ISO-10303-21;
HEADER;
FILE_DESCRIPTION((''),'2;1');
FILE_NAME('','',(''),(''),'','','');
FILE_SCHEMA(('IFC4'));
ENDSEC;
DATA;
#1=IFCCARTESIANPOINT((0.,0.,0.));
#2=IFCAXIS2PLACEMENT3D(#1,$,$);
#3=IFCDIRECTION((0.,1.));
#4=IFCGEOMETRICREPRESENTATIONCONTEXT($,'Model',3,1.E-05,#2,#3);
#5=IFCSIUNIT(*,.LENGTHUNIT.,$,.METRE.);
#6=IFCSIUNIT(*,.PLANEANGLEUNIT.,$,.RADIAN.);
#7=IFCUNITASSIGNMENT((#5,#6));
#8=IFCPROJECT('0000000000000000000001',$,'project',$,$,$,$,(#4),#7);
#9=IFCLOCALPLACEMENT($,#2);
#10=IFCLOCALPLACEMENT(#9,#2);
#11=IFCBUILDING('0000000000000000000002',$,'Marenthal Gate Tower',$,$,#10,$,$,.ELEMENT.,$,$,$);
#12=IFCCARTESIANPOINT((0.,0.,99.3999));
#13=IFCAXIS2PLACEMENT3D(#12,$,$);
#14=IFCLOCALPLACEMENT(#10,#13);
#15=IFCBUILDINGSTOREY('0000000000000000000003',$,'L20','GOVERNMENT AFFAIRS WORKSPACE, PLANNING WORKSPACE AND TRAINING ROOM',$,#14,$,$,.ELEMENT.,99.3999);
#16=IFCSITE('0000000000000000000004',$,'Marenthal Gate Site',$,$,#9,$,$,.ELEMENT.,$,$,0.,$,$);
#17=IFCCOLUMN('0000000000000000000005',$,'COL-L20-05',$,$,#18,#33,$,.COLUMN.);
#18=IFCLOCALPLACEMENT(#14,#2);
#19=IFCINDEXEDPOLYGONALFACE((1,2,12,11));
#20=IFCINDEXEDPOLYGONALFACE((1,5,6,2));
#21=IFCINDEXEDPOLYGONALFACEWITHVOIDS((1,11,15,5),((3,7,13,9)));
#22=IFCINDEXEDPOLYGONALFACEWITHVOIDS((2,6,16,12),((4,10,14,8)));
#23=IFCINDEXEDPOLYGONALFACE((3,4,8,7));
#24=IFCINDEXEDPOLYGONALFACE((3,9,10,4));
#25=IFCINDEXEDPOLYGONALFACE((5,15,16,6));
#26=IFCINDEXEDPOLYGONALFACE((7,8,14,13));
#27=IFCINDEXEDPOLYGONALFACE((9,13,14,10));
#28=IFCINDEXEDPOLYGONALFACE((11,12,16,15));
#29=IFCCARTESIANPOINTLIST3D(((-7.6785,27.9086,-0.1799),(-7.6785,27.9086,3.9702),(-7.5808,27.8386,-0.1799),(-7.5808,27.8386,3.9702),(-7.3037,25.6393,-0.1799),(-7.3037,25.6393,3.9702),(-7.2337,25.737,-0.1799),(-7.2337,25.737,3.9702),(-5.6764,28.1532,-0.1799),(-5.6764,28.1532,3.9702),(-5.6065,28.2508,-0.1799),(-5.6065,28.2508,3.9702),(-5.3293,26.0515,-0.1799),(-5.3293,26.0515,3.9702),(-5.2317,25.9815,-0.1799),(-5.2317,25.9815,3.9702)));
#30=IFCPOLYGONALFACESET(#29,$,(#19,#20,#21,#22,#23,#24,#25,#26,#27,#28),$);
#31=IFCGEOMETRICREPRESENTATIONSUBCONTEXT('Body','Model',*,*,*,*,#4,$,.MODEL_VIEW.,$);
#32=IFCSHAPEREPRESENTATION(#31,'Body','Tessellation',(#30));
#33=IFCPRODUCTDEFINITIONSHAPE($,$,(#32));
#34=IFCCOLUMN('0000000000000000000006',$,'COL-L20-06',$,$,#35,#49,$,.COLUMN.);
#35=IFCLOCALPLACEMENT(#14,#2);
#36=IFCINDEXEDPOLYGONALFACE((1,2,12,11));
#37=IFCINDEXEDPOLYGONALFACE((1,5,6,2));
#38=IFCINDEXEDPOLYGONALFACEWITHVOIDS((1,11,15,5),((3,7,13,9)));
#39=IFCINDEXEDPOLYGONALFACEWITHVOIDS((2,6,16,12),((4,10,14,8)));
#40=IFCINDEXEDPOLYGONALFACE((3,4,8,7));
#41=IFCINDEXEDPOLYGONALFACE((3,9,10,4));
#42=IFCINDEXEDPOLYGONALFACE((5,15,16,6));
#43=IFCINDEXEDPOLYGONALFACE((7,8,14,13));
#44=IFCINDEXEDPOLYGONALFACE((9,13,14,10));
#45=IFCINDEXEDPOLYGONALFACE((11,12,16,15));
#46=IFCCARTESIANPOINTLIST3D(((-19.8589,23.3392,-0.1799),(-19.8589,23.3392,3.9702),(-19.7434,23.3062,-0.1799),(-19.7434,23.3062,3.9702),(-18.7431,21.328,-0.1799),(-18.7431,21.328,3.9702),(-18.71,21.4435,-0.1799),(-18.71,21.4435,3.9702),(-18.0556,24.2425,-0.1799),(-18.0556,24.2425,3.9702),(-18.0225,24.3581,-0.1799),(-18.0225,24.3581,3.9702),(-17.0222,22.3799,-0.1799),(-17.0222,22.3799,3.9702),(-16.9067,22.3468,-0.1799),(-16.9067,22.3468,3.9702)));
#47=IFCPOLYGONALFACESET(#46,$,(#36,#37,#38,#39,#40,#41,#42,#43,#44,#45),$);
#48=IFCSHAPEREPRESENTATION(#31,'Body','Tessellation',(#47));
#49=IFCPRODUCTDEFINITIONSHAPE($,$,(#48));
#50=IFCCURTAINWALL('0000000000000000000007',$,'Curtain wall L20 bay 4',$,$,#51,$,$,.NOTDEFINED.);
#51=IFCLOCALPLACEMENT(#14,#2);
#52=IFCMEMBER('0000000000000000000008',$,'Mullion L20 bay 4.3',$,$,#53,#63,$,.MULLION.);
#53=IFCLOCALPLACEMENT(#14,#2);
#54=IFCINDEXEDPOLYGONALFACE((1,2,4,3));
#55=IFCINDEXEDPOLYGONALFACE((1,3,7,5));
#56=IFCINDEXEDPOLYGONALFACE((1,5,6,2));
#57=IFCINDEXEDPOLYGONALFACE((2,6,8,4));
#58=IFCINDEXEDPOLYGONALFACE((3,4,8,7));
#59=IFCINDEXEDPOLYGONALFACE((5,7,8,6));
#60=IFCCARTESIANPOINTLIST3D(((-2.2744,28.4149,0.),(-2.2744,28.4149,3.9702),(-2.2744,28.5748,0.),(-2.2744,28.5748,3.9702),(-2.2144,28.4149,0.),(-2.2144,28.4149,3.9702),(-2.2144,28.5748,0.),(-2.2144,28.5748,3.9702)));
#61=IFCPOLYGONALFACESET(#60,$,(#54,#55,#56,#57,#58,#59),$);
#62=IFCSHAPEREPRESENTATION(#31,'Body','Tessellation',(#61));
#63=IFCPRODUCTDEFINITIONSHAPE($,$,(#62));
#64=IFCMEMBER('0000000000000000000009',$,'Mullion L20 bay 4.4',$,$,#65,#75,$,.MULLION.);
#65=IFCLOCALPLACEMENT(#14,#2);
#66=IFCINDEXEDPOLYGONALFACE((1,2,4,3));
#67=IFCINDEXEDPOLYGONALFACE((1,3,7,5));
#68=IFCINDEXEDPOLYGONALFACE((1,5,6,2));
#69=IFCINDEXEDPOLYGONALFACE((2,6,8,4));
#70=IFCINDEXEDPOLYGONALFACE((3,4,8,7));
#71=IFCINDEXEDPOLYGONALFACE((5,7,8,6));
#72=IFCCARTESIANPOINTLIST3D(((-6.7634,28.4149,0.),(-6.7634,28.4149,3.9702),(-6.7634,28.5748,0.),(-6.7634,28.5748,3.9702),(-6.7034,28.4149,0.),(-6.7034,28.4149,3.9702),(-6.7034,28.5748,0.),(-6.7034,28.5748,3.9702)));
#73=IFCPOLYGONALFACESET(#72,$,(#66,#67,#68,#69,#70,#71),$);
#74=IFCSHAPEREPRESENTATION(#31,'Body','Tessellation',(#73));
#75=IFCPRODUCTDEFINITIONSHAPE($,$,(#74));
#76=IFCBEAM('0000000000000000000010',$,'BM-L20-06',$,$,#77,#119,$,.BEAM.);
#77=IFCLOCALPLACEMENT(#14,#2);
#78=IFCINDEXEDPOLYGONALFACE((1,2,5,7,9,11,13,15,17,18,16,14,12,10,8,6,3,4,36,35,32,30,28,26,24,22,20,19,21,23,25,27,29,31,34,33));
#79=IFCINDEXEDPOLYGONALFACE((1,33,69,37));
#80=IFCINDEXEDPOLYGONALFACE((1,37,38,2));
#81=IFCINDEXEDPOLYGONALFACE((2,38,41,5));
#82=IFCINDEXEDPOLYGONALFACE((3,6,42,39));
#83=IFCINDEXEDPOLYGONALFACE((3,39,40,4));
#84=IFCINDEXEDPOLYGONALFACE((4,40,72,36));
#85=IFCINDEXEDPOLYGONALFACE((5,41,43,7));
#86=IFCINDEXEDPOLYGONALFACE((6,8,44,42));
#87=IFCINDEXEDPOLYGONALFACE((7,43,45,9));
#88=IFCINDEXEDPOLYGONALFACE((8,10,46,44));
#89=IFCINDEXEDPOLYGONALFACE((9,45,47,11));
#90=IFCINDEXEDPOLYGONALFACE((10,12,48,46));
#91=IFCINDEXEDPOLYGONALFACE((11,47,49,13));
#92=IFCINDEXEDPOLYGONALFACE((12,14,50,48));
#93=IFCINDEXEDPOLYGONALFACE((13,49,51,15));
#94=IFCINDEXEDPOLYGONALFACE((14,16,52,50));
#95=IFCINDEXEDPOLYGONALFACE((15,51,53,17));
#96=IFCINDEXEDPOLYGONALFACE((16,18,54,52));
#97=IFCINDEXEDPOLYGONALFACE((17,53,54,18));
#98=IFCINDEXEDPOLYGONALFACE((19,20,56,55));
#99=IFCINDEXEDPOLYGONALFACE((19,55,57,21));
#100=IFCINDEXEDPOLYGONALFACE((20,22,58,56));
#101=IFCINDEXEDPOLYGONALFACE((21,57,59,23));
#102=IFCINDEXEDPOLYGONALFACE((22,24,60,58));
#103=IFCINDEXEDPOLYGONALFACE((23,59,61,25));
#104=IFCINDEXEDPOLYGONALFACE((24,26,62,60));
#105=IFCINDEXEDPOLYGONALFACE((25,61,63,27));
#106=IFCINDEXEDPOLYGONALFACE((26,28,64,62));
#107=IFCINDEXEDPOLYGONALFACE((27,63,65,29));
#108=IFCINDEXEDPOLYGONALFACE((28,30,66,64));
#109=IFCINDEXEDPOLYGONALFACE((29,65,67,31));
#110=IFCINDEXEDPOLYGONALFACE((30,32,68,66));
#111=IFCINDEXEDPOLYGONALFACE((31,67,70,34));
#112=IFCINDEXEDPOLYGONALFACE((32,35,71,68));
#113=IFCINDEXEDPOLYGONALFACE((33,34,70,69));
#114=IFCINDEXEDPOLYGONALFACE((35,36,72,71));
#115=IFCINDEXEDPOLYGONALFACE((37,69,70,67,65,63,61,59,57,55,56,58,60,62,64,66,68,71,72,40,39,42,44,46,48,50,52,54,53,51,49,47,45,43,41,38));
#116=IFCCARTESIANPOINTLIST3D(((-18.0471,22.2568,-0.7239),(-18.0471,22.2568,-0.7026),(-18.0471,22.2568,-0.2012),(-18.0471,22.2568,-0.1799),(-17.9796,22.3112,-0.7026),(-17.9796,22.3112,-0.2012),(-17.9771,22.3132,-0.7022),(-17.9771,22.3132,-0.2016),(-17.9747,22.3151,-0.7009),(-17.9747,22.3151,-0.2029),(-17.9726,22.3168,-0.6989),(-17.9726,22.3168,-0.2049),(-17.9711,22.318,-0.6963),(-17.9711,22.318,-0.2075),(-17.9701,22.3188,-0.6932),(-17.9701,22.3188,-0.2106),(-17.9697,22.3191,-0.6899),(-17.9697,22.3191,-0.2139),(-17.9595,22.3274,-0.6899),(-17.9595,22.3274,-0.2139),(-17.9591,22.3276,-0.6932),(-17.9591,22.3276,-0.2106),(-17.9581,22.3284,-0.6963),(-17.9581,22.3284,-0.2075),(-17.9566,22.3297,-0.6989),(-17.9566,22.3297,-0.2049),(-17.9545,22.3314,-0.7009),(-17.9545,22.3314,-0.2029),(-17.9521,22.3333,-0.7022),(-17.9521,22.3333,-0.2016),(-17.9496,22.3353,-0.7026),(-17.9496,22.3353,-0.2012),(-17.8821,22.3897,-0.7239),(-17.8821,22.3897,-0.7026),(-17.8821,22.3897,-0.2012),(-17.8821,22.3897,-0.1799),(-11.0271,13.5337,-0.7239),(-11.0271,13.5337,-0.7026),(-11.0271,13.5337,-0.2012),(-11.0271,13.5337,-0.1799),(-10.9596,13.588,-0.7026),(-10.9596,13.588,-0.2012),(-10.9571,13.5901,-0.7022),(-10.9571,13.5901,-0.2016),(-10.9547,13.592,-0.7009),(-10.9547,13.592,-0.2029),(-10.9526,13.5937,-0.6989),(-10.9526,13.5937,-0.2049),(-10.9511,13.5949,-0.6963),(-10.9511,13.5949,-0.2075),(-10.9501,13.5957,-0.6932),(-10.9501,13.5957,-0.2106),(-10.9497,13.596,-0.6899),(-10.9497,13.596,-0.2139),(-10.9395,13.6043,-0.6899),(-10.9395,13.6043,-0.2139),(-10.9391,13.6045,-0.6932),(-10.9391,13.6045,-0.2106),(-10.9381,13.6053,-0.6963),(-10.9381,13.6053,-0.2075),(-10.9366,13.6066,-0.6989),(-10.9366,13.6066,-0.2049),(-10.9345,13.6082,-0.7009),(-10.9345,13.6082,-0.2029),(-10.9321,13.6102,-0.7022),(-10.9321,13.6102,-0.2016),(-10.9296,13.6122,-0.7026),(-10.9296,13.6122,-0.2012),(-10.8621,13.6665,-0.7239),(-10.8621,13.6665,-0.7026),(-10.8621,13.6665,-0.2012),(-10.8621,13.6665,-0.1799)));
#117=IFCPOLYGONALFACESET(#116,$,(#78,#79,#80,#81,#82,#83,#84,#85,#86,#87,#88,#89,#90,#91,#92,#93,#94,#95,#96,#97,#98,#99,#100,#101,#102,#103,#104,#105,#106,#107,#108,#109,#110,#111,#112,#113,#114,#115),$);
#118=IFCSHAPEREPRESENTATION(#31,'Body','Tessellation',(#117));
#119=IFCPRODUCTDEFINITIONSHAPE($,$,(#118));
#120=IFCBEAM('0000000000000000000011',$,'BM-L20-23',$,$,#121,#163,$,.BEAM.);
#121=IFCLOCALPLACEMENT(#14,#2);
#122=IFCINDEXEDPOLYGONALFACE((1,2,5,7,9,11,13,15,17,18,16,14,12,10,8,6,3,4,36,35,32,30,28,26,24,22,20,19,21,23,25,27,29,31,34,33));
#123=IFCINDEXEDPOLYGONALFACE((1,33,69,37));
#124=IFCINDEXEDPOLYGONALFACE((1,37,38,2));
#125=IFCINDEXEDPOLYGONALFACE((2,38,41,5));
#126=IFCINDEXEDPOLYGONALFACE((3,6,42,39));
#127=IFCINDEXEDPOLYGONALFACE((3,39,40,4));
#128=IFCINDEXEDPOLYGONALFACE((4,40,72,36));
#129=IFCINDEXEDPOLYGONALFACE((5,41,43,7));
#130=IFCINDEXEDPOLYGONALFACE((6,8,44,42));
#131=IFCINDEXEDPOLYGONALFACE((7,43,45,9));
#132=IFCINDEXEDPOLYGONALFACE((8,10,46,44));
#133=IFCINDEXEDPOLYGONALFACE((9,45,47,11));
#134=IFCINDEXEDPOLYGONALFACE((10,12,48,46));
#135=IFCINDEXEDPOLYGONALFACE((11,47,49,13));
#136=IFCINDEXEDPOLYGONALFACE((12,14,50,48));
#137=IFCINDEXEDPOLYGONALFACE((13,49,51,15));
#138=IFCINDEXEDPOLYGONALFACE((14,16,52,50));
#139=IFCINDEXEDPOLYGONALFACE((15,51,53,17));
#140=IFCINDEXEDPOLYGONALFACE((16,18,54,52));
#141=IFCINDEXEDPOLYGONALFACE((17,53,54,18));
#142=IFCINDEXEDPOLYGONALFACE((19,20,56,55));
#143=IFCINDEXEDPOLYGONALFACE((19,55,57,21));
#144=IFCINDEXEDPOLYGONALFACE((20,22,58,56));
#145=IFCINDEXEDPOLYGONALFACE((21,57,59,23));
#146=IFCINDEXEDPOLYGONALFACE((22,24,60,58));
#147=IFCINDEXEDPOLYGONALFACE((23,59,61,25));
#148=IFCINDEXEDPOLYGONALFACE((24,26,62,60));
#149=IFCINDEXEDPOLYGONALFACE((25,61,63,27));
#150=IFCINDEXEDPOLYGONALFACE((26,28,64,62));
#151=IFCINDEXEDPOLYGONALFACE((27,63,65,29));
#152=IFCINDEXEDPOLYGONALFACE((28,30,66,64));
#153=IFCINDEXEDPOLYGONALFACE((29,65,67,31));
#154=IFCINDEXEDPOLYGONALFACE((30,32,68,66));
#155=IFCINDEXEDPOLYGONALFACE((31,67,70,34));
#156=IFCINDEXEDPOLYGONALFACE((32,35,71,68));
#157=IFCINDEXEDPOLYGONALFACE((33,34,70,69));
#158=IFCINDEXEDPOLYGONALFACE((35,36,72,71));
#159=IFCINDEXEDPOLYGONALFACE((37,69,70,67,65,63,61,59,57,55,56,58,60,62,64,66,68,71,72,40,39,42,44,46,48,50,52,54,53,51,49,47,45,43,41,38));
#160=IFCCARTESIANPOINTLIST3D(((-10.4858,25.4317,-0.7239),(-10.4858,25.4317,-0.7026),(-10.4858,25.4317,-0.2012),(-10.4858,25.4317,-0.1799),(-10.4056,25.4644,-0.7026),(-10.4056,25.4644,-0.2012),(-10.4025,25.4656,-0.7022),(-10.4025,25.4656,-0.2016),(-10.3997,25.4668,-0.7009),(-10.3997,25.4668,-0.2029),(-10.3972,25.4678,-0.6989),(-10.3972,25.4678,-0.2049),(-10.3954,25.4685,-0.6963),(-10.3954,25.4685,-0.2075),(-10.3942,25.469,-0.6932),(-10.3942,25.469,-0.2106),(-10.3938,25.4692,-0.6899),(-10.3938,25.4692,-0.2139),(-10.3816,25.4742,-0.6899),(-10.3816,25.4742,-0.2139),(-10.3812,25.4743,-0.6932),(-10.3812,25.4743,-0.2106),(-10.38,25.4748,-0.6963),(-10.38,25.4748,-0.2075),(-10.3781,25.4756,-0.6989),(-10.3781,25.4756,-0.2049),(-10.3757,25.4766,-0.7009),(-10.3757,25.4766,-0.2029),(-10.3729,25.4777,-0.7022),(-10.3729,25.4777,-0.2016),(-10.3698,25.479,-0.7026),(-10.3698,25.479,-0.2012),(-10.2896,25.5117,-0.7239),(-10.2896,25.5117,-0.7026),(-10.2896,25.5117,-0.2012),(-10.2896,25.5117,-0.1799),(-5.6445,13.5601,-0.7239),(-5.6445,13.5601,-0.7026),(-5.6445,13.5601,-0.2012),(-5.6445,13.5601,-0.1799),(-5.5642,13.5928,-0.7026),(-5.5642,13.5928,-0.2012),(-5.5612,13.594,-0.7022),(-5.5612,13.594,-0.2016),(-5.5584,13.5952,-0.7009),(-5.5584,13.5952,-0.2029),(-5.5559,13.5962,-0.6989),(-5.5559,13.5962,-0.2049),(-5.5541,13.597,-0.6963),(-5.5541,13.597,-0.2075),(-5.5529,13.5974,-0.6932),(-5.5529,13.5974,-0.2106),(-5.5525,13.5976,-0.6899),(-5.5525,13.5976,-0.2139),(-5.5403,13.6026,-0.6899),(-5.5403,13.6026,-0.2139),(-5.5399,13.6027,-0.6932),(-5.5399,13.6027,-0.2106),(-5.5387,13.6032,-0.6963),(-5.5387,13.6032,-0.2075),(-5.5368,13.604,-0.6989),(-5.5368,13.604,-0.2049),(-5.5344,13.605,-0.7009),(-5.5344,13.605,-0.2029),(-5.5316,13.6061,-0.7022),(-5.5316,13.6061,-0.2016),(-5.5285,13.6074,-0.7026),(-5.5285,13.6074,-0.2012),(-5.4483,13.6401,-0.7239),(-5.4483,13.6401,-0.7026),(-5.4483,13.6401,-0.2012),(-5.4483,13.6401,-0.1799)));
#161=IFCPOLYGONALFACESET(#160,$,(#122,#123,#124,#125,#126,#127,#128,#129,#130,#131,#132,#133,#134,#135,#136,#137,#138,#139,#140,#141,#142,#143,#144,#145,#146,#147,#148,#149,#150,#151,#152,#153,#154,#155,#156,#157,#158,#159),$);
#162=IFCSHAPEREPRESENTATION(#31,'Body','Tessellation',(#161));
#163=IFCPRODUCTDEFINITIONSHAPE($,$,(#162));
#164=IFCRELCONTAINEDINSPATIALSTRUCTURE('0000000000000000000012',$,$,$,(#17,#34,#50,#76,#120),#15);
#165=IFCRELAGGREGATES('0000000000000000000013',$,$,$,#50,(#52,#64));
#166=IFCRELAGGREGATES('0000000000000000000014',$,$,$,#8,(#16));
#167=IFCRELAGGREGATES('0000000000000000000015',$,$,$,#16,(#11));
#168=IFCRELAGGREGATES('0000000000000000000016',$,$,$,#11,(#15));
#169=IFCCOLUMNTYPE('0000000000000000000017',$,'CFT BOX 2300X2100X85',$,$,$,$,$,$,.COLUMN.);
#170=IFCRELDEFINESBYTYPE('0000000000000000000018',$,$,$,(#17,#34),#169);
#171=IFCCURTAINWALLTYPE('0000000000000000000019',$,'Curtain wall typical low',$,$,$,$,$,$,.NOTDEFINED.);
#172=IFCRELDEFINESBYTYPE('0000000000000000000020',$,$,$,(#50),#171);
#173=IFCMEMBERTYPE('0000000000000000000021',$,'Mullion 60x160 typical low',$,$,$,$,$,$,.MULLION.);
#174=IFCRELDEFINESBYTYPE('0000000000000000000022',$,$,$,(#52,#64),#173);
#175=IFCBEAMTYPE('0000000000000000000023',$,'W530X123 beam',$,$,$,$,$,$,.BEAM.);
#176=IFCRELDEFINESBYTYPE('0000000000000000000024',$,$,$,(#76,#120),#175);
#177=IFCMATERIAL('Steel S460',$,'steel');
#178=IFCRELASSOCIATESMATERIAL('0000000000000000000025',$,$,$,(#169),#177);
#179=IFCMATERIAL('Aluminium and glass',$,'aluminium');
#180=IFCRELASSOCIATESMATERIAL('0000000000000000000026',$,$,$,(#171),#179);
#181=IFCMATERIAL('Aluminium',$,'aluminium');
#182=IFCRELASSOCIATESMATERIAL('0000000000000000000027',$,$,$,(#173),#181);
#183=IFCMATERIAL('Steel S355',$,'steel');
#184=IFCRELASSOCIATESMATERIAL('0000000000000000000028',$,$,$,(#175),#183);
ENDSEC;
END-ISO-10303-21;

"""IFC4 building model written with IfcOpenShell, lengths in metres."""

from ifc_helpers import new_model, si_unit, direction, frame, origin, origin_2d, place, context, subcontext, project, spatial, rectangle, hollow_rectangle, i_section, extrude, material, material_profile, profile_set, type_object, element, aggregate, save


model = new_model("IFC4")

# Units and contexts
model_context = context("Model", 3, precision=1e-05, world=origin(), true_north=direction((0.0, 1.0)))
body_context = subcontext(model_context, "Body", "Model", "MODEL_VIEW")
ifc_project = project(units=[si_unit("LENGTHUNIT", "METRE"), si_unit("PLANEANGLEUNIT", "RADIAN")], contexts=[model_context])

# Site, building, storey
site_placement = place(None, origin())
site = spatial("IfcSite", under=ifc_project, at=site_placement, Name="Marenthal Gate Site", CompositionType="ELEMENT", RefElevation=0.0)
building_placement = place(site_placement, origin())
building = spatial("IfcBuilding", under=site, at=building_placement, Name="Marenthal Gate Tower", CompositionType="ELEMENT")
storey_placement = place(building_placement, frame((0.0, 0.0, 99.3999)))
storey = spatial("IfcBuildingStorey", under=building, at=storey_placement, Name="L20", Description="GOVERNMENT AFFAIRS WORKSPACE, PLANNING WORKSPACE AND TRAINING ROOM", CompositionType="ELEMENT", Elevation=99.3999)

# Columns
ifc_material_1 = material(Name="Steel S460", Category="steel")
ifc_material_profile_1 = material_profile(ifc_material_1, hollow_rectangle(XDim=2.1001, YDim=2.3, WallThickness=0.085, at=origin_2d()), Name="CFT BOX 2300X2100X85")
ifc_material_2 = material(Name="Concrete 70 MPa", Category="concrete")
ifc_material_profile_2 = material_profile(ifc_material_2, rectangle(XDim=1.9299, YDim=2.1299, at=origin_2d()), Name="CFT BOX 2300X2100X85 INFILL")
ifc_profile_set_1 = profile_set([ifc_material_profile_1, ifc_material_profile_2], Name="Steel S460 shell, Concrete 70 MPa infill")
column_type = type_object("IfcColumnType", Name="CFT BOX 2300X2100X85", PredefinedType="COLUMN", material=ifc_profile_set_1)
for number, where, z_axis, x_axis, name in (
    (1, (-6.4551, 26.9451, -0.1799), (0.0, 0.0, 1.0), (0.986635, 0.162949, 0.0), "COL-L20-05"),
    (2, (-18.3828, 22.843, -0.1799), (0.0, 0.0, 1.0), (0.874442, 0.48513, 0.0), "COL-L20-06"),
):
    element("IfcColumn", number, at=place(storey_placement, frame(where, z_axis=z_axis, x_axis=x_axis)), inside=storey, type_object=column_type, Name=name, PredefinedType="COLUMN", context=body_context, shape_type="SweptSolid", body=[
        extrude(hollow_rectangle(XDim=2.1001, YDim=2.3, WallThickness=0.085, at=origin_2d()), origin(), (0.0, 0.0, 1.0), 4.1501),
    ])

# Curtain wall, members
ifc_material_3 = material(Name="Aluminium and glass", Category="aluminium")
curtain_wall_type = type_object("IfcCurtainWallType", Name="Curtain wall typical low", PredefinedType="NOTDEFINED", material=ifc_material_3)
curtain_wall_placement = place(storey_placement, origin())
curtain_wall = element("IfcCurtainWall", 3, at=curtain_wall_placement, inside=storey, type_object=curtain_wall_type, Name="Curtain wall L20 bay 4", PredefinedType="NOTDEFINED")
ifc_material_4 = material(Name="Aluminium", Category="aluminium")
ifc_material_profile_3 = material_profile(ifc_material_4, rectangle(XDim=0.1599, YDim=0.0601, at=origin_2d()), Name="60x160 aluminium mullion")
ifc_profile_set_2 = profile_set([ifc_material_profile_3], Name="Aluminium")
member_type = type_object("IfcMemberType", Name="Mullion 60x160 typical low", PredefinedType="MULLION", material=ifc_profile_set_2)
member_1_placement = place(storey_placement, frame((-2.2444, 28.4949, 0.0), z_axis=(0.0, 0.0, 1.0), x_axis=(0.0, -1.0, 0.0)))
member_1 = element("IfcMember", 4, at=member_1_placement, type_object=member_type, Name="Mullion L20 bay 4.3", PredefinedType="MULLION", context=body_context, shape_type="SweptSolid", body=[
    extrude(rectangle(XDim=0.1599, YDim=0.0601, at=origin_2d()), origin(), (0.0, 0.0, 1.0), 3.9702),
])
member_2_placement = place(storey_placement, frame((-6.7334, 28.4949, 0.0), z_axis=(0.0, 0.0, 1.0), x_axis=(0.0, -1.0, 0.0)))
member_2 = element("IfcMember", 5, at=member_2_placement, type_object=member_type, Name="Mullion L20 bay 4.4", PredefinedType="MULLION", context=body_context, shape_type="SweptSolid", body=[
    extrude(rectangle(XDim=0.1599, YDim=0.0601, at=origin_2d()), origin(), (0.0, 0.0, 1.0), 3.9702),
])

# Beams
ifc_material_5 = material(Name="Steel S355", Category="steel")
ifc_material_profile_4 = material_profile(ifc_material_5, i_section(OverallWidth=0.2119, OverallDepth=0.5439, WebThickness=0.0132, FlangeThickness=0.0212, FilletRadius=0.0127, at=origin_2d()), Name="W530X123")
ifc_profile_set_3 = profile_set([ifc_material_profile_4], Name="Steel S355")
beam_type_1 = type_object("IfcBeamType", Name="W530X123 beam", PredefinedType="BEAM", material=ifc_profile_set_3)
beam_1_placement = place(storey_placement, frame((-17.9646, 22.3232, -0.4519), z_axis=(0.626953, -0.779057, 0.0), x_axis=(0.779057, 0.626953, 0.0)))
element("IfcBeam", 6, at=beam_1_placement, inside=storey, type_object=beam_type_1, Name="BM-L20-06", PredefinedType="BEAM", context=body_context, shape_type="SweptSolid", body=[
    extrude(i_section(OverallWidth=0.2119, OverallDepth=0.5439, WebThickness=0.0132, FlangeThickness=0.0212, FilletRadius=0.0127, at=origin_2d()), origin(), (0.0, 0.0, 1.0), 11.197),
])
beam_2_placement = place(storey_placement, frame((-10.3877, 25.4717, -0.4519), z_axis=(0.377614, -0.925963, 0.0), x_axis=(0.925963, 0.377614, 0.0)))
element("IfcBeam", 7, at=beam_2_placement, inside=storey, type_object=beam_type_1, Name="BM-L20-23", PredefinedType="BEAM", context=body_context, shape_type="SweptSolid", body=[
    extrude(i_section(OverallWidth=0.2119, OverallDepth=0.5439, WebThickness=0.0132, FlangeThickness=0.0212, FilletRadius=0.0127, at=origin_2d()), origin(), (0.0, 0.0, 1.0), 12.8208),
])

aggregate(curtain_wall, [member_1, member_2])

save(model, "model.ifc")
